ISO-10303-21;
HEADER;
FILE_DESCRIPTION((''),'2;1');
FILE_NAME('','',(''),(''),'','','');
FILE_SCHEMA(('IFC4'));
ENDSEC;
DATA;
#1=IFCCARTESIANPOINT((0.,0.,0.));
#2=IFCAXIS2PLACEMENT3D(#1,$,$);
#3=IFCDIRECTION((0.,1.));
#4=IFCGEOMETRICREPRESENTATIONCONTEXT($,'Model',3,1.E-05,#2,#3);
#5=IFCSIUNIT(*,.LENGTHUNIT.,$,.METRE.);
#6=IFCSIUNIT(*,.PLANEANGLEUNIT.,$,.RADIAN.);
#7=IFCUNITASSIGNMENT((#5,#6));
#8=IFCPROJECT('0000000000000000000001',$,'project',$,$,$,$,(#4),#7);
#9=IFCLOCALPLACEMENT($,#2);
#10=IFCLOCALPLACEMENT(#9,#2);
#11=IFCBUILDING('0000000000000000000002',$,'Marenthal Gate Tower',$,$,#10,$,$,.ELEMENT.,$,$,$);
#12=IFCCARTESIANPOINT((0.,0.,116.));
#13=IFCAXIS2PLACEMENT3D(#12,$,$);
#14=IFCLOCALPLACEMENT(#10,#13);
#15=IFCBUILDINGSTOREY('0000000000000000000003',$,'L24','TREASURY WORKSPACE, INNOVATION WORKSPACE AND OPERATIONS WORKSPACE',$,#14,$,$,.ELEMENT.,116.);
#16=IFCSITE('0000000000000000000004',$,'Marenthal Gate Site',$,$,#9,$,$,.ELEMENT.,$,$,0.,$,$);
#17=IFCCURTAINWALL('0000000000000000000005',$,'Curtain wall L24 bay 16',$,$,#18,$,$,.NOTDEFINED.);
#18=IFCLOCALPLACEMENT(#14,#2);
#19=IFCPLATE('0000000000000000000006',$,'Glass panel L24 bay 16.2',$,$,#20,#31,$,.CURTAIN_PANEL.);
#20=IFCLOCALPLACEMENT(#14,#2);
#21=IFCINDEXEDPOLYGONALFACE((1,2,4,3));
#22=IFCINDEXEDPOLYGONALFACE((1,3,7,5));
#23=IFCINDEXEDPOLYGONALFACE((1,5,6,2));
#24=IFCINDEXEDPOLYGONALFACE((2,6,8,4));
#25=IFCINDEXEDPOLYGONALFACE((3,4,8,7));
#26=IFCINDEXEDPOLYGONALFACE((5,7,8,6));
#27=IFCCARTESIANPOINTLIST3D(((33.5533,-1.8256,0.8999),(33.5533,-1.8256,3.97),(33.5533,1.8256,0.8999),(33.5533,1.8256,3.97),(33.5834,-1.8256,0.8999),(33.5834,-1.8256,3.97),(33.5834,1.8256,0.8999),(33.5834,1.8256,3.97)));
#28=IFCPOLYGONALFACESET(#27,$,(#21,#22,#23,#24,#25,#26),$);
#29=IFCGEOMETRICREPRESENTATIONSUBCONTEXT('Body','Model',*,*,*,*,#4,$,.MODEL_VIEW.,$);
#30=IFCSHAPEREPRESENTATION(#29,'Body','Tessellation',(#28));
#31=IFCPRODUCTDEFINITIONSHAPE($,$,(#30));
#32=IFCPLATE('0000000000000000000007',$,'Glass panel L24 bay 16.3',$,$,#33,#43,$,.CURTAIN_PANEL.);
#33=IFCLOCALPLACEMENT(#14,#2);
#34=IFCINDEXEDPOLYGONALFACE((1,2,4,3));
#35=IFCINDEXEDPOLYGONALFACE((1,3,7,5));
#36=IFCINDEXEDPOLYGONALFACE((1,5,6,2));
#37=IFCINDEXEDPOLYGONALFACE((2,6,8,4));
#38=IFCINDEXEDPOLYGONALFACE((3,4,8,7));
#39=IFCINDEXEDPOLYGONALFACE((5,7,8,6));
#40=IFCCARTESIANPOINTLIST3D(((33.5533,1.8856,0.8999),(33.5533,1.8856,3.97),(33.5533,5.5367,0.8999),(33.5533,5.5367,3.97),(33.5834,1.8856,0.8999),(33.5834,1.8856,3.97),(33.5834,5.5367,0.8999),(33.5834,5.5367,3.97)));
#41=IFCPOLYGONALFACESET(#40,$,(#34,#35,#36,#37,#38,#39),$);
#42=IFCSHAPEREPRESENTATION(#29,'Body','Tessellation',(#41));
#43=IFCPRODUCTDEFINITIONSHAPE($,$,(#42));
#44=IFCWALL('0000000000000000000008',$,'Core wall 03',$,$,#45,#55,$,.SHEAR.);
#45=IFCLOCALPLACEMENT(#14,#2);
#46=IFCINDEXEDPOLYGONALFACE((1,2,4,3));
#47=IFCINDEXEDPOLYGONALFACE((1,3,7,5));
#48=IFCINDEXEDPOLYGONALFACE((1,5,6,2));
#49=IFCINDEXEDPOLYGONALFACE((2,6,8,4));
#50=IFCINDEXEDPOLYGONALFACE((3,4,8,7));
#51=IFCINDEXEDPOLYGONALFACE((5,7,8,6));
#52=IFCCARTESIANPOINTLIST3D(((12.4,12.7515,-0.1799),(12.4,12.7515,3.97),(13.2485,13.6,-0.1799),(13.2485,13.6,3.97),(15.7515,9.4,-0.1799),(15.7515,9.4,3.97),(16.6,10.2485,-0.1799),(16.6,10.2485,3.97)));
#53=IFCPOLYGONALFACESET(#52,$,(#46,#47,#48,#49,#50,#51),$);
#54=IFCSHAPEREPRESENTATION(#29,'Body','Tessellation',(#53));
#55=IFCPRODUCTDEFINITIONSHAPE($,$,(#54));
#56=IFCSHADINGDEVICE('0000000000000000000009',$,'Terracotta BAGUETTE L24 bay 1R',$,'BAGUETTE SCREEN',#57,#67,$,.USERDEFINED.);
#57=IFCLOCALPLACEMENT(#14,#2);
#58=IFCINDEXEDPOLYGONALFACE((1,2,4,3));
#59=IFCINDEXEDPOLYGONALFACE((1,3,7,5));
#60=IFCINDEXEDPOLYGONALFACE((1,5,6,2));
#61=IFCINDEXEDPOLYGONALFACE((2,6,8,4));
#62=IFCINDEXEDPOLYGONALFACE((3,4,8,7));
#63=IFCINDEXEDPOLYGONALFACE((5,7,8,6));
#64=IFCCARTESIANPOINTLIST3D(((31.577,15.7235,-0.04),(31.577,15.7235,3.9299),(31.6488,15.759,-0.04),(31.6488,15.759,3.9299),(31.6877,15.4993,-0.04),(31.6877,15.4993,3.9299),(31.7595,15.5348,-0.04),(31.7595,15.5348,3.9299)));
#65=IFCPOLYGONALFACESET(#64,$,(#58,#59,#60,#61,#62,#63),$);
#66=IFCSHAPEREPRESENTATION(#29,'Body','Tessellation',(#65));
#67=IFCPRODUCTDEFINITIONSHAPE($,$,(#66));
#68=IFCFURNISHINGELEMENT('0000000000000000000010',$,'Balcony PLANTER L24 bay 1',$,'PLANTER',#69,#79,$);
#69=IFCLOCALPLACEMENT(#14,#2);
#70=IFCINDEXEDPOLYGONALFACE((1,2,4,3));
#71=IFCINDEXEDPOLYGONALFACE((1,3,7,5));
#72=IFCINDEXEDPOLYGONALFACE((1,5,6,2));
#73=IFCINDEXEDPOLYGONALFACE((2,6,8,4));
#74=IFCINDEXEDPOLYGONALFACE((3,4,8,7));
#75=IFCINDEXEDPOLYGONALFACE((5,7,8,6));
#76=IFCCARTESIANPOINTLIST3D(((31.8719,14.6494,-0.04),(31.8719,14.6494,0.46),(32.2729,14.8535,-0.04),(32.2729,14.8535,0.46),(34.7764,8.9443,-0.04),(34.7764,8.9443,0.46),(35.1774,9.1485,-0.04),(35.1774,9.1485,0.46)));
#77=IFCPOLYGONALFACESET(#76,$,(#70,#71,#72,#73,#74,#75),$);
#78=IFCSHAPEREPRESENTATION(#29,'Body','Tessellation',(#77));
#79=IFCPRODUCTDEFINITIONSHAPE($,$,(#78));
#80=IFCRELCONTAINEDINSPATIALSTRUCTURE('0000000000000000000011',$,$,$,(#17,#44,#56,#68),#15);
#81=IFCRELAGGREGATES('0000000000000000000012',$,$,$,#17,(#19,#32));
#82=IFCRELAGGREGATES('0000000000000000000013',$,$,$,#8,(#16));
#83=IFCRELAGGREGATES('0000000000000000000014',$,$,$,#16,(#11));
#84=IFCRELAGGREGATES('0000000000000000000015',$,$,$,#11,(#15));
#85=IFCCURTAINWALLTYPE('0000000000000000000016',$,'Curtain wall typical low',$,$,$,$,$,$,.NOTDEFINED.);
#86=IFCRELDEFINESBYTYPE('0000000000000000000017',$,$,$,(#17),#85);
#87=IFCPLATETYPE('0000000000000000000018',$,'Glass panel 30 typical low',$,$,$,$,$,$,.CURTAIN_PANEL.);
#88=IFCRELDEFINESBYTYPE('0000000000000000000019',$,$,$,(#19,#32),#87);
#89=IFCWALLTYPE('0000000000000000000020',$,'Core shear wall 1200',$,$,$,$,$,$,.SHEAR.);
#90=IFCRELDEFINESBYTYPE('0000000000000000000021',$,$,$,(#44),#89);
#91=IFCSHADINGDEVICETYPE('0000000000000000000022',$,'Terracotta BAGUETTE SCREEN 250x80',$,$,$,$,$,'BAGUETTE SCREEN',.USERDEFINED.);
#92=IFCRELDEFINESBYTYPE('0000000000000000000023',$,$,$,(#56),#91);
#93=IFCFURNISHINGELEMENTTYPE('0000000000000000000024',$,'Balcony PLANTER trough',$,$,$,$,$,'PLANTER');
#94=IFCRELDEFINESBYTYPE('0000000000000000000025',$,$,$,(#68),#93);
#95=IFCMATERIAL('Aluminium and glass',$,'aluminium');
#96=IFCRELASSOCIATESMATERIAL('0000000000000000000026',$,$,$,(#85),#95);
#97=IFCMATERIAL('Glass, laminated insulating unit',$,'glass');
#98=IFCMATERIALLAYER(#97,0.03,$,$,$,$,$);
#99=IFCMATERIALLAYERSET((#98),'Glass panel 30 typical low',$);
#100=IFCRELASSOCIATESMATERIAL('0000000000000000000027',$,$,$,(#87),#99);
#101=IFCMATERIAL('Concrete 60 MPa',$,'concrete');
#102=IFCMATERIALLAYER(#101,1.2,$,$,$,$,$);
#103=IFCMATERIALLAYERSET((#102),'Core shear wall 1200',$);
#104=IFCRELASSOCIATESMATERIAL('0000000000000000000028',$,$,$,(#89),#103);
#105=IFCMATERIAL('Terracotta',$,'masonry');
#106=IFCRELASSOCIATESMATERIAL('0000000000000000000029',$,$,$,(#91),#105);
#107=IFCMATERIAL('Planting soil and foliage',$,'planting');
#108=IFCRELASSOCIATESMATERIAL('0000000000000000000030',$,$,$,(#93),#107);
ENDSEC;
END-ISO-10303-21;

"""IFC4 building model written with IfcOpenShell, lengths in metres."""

from ifc_helpers import new_model, si_unit, direction, frame, frame_2d, origin, origin_2d, place, context, subcontext, project, spatial, rectangle, extrude, material, layer, layer_set, material_profile, profile_set, type_object, element, aggregate, save


model = new_model("IFC4")

# Units and contexts
model_context = context("Model", 3, precision=1e-05, world=origin(), true_north=direction((0.0, 1.0)))
body_context = subcontext(model_context, "Body", "Model", "MODEL_VIEW")
ifc_project = project(units=[si_unit("LENGTHUNIT", "METRE"), si_unit("PLANEANGLEUNIT", "RADIAN")], contexts=[model_context])

# Site, building, storey
site_placement = place(None, origin())
site = spatial("IfcSite", under=ifc_project, at=site_placement, Name="Marenthal Gate Site", CompositionType="ELEMENT", RefElevation=0.0)
building_placement = place(site_placement, origin())
building = spatial("IfcBuilding", under=site, at=building_placement, Name="Marenthal Gate Tower", CompositionType="ELEMENT")
storey_placement = place(building_placement, frame((0.0, 0.0, 116.0)))
storey = spatial("IfcBuildingStorey", under=building, at=storey_placement, Name="L24", Description="TREASURY WORKSPACE, INNOVATION WORKSPACE AND OPERATIONS WORKSPACE", CompositionType="ELEMENT", Elevation=116.0)

# Curtain wall
ifc_material_1 = material(Name="Aluminium and glass", Category="aluminium")
curtain_wall_type = type_object("IfcCurtainWallType", Name="Curtain wall typical low", PredefinedType="NOTDEFINED", material=ifc_material_1)
curtain_wall_placement = place(storey_placement, origin())
curtain_wall = element("IfcCurtainWall", 1, at=curtain_wall_placement, inside=storey, type_object=curtain_wall_type, Name="Curtain wall L24 bay 16", PredefinedType="NOTDEFINED")

# Plates
ifc_material_2 = material(Name="Glass, laminated insulating unit", Category="glass")
ifc_layer_1 = layer(ifc_material_2, 0.03)
ifc_layer_set_1 = layer_set([ifc_layer_1], Name="Glass panel 30 typical low")
plate_type = type_object("IfcPlateType", Name="Glass panel 30 typical low", PredefinedType="CURTAIN_PANEL", material=ifc_layer_set_1)
plate_1_placement = place(storey_placement, frame((33.5684, 0.0, 0.8999), z_axis=(0.0, 0.0, 1.0), x_axis=(0.0, 1.0, 0.0)))
plate_1 = element("IfcPlate", 2, at=plate_1_placement, type_object=plate_type, Name="Glass panel L24 bay 16.2", PredefinedType="CURTAIN_PANEL", context=body_context, shape_type="SweptSolid", body=[
    extrude(rectangle(XDim=3.6511, YDim=0.03, at=origin_2d()), origin(), (0.0, 0.0, 1.0), 3.0701),
])
plate_2_placement = place(storey_placement, frame((33.5684, 3.7112, 0.8999), z_axis=(0.0, 0.0, 1.0), x_axis=(0.0, 1.0, 0.0)))
plate_2 = element("IfcPlate", 3, at=plate_2_placement, type_object=plate_type, Name="Glass panel L24 bay 16.3", PredefinedType="CURTAIN_PANEL", context=body_context, shape_type="SweptSolid", body=[
    extrude(rectangle(XDim=3.6511, YDim=0.03, at=origin_2d()), origin(), (0.0, 0.0, 1.0), 3.0701),
])
aggregate(curtain_wall, [plate_1, plate_2])

# Wall
ifc_material_3 = material(Name="Concrete 60 MPa", Category="concrete")
ifc_layer_2 = layer(ifc_material_3, 1.2)
ifc_layer_set_2 = layer_set([ifc_layer_2], Name="Core shear wall 1200")
wall_type_1 = type_object("IfcWallType", Name="Core shear wall 1200", PredefinedType="SHEAR", material=ifc_layer_set_2)
wall_1_placement = place(storey_placement, frame((16.1758, 9.8242, -0.1799), z_axis=(0.0, 0.0, 1.0), x_axis=(-0.707107, 0.707107, 0.0)))
element("IfcWall", 4, at=wall_1_placement, inside=storey, type_object=wall_type_1, Name="Core wall 03", PredefinedType="SHEAR", context=body_context, shape_type="SweptSolid", body=[
    extrude(rectangle(XDim=4.7397, YDim=1.2, at=frame_2d((2.3699, 0.0))), origin(), (0.0, 0.0, 1.0), 4.1499),
])

# Shading device
ifc_material_4 = material(Name="Terracotta", Category="masonry")
ifc_material_profile_1 = material_profile(ifc_material_4, rectangle(XDim=0.25, YDim=0.0801, at=origin_2d()), Name="Terracotta baguette 250x80")
ifc_profile_set_1 = profile_set([ifc_material_profile_1], Name="Terracotta")
shading_device_type = type_object("IfcShadingDeviceType", Name="Terracotta BAGUETTE SCREEN 250x80", ElementType="BAGUETTE SCREEN", PredefinedType="USERDEFINED", material=ifc_profile_set_1)
shading_device_placement = place(storey_placement, frame((31.6682, 15.6292, -0.04), z_axis=(0.0, 0.0, 1.0), x_axis=(-0.442731, 0.896654, 0.0)))
element("IfcShadingDevice", 5, at=shading_device_placement, inside=storey, type_object=shading_device_type, Name="Terracotta BAGUETTE L24 bay 1R", ObjectType="BAGUETTE SCREEN", PredefinedType="USERDEFINED", context=body_context, shape_type="SweptSolid", body=[
    extrude(rectangle(XDim=0.25, YDim=0.0801, at=origin_2d()), origin(), (0.0, 0.0, 1.0), 3.97),
])

# Furnishing element
ifc_material_5 = material(Name="Planting soil and foliage", Category="planting")
furnishing_element_type = type_object("IfcFurnishingElementType", Name="Balcony PLANTER trough", ElementType="PLANTER", material=ifc_material_5)
furnishing_placement = place(storey_placement, frame((33.5247, 11.8989, -0.04), z_axis=(0.0, 0.0, 1.0), x_axis=(-0.453688, 0.891161, 0.0)))
element("IfcFurnishingElement", 6, at=furnishing_placement, inside=storey, type_object=furnishing_element_type, Name="Balcony PLANTER L24 bay 1", ObjectType="PLANTER", context=body_context, shape_type="SweptSolid", body=[
    extrude(rectangle(XDim=6.4019, YDim=0.45, at=origin_2d()), origin(), (0.0, 0.0, 1.0), 0.5),
])

save(model, "model.ifc")
